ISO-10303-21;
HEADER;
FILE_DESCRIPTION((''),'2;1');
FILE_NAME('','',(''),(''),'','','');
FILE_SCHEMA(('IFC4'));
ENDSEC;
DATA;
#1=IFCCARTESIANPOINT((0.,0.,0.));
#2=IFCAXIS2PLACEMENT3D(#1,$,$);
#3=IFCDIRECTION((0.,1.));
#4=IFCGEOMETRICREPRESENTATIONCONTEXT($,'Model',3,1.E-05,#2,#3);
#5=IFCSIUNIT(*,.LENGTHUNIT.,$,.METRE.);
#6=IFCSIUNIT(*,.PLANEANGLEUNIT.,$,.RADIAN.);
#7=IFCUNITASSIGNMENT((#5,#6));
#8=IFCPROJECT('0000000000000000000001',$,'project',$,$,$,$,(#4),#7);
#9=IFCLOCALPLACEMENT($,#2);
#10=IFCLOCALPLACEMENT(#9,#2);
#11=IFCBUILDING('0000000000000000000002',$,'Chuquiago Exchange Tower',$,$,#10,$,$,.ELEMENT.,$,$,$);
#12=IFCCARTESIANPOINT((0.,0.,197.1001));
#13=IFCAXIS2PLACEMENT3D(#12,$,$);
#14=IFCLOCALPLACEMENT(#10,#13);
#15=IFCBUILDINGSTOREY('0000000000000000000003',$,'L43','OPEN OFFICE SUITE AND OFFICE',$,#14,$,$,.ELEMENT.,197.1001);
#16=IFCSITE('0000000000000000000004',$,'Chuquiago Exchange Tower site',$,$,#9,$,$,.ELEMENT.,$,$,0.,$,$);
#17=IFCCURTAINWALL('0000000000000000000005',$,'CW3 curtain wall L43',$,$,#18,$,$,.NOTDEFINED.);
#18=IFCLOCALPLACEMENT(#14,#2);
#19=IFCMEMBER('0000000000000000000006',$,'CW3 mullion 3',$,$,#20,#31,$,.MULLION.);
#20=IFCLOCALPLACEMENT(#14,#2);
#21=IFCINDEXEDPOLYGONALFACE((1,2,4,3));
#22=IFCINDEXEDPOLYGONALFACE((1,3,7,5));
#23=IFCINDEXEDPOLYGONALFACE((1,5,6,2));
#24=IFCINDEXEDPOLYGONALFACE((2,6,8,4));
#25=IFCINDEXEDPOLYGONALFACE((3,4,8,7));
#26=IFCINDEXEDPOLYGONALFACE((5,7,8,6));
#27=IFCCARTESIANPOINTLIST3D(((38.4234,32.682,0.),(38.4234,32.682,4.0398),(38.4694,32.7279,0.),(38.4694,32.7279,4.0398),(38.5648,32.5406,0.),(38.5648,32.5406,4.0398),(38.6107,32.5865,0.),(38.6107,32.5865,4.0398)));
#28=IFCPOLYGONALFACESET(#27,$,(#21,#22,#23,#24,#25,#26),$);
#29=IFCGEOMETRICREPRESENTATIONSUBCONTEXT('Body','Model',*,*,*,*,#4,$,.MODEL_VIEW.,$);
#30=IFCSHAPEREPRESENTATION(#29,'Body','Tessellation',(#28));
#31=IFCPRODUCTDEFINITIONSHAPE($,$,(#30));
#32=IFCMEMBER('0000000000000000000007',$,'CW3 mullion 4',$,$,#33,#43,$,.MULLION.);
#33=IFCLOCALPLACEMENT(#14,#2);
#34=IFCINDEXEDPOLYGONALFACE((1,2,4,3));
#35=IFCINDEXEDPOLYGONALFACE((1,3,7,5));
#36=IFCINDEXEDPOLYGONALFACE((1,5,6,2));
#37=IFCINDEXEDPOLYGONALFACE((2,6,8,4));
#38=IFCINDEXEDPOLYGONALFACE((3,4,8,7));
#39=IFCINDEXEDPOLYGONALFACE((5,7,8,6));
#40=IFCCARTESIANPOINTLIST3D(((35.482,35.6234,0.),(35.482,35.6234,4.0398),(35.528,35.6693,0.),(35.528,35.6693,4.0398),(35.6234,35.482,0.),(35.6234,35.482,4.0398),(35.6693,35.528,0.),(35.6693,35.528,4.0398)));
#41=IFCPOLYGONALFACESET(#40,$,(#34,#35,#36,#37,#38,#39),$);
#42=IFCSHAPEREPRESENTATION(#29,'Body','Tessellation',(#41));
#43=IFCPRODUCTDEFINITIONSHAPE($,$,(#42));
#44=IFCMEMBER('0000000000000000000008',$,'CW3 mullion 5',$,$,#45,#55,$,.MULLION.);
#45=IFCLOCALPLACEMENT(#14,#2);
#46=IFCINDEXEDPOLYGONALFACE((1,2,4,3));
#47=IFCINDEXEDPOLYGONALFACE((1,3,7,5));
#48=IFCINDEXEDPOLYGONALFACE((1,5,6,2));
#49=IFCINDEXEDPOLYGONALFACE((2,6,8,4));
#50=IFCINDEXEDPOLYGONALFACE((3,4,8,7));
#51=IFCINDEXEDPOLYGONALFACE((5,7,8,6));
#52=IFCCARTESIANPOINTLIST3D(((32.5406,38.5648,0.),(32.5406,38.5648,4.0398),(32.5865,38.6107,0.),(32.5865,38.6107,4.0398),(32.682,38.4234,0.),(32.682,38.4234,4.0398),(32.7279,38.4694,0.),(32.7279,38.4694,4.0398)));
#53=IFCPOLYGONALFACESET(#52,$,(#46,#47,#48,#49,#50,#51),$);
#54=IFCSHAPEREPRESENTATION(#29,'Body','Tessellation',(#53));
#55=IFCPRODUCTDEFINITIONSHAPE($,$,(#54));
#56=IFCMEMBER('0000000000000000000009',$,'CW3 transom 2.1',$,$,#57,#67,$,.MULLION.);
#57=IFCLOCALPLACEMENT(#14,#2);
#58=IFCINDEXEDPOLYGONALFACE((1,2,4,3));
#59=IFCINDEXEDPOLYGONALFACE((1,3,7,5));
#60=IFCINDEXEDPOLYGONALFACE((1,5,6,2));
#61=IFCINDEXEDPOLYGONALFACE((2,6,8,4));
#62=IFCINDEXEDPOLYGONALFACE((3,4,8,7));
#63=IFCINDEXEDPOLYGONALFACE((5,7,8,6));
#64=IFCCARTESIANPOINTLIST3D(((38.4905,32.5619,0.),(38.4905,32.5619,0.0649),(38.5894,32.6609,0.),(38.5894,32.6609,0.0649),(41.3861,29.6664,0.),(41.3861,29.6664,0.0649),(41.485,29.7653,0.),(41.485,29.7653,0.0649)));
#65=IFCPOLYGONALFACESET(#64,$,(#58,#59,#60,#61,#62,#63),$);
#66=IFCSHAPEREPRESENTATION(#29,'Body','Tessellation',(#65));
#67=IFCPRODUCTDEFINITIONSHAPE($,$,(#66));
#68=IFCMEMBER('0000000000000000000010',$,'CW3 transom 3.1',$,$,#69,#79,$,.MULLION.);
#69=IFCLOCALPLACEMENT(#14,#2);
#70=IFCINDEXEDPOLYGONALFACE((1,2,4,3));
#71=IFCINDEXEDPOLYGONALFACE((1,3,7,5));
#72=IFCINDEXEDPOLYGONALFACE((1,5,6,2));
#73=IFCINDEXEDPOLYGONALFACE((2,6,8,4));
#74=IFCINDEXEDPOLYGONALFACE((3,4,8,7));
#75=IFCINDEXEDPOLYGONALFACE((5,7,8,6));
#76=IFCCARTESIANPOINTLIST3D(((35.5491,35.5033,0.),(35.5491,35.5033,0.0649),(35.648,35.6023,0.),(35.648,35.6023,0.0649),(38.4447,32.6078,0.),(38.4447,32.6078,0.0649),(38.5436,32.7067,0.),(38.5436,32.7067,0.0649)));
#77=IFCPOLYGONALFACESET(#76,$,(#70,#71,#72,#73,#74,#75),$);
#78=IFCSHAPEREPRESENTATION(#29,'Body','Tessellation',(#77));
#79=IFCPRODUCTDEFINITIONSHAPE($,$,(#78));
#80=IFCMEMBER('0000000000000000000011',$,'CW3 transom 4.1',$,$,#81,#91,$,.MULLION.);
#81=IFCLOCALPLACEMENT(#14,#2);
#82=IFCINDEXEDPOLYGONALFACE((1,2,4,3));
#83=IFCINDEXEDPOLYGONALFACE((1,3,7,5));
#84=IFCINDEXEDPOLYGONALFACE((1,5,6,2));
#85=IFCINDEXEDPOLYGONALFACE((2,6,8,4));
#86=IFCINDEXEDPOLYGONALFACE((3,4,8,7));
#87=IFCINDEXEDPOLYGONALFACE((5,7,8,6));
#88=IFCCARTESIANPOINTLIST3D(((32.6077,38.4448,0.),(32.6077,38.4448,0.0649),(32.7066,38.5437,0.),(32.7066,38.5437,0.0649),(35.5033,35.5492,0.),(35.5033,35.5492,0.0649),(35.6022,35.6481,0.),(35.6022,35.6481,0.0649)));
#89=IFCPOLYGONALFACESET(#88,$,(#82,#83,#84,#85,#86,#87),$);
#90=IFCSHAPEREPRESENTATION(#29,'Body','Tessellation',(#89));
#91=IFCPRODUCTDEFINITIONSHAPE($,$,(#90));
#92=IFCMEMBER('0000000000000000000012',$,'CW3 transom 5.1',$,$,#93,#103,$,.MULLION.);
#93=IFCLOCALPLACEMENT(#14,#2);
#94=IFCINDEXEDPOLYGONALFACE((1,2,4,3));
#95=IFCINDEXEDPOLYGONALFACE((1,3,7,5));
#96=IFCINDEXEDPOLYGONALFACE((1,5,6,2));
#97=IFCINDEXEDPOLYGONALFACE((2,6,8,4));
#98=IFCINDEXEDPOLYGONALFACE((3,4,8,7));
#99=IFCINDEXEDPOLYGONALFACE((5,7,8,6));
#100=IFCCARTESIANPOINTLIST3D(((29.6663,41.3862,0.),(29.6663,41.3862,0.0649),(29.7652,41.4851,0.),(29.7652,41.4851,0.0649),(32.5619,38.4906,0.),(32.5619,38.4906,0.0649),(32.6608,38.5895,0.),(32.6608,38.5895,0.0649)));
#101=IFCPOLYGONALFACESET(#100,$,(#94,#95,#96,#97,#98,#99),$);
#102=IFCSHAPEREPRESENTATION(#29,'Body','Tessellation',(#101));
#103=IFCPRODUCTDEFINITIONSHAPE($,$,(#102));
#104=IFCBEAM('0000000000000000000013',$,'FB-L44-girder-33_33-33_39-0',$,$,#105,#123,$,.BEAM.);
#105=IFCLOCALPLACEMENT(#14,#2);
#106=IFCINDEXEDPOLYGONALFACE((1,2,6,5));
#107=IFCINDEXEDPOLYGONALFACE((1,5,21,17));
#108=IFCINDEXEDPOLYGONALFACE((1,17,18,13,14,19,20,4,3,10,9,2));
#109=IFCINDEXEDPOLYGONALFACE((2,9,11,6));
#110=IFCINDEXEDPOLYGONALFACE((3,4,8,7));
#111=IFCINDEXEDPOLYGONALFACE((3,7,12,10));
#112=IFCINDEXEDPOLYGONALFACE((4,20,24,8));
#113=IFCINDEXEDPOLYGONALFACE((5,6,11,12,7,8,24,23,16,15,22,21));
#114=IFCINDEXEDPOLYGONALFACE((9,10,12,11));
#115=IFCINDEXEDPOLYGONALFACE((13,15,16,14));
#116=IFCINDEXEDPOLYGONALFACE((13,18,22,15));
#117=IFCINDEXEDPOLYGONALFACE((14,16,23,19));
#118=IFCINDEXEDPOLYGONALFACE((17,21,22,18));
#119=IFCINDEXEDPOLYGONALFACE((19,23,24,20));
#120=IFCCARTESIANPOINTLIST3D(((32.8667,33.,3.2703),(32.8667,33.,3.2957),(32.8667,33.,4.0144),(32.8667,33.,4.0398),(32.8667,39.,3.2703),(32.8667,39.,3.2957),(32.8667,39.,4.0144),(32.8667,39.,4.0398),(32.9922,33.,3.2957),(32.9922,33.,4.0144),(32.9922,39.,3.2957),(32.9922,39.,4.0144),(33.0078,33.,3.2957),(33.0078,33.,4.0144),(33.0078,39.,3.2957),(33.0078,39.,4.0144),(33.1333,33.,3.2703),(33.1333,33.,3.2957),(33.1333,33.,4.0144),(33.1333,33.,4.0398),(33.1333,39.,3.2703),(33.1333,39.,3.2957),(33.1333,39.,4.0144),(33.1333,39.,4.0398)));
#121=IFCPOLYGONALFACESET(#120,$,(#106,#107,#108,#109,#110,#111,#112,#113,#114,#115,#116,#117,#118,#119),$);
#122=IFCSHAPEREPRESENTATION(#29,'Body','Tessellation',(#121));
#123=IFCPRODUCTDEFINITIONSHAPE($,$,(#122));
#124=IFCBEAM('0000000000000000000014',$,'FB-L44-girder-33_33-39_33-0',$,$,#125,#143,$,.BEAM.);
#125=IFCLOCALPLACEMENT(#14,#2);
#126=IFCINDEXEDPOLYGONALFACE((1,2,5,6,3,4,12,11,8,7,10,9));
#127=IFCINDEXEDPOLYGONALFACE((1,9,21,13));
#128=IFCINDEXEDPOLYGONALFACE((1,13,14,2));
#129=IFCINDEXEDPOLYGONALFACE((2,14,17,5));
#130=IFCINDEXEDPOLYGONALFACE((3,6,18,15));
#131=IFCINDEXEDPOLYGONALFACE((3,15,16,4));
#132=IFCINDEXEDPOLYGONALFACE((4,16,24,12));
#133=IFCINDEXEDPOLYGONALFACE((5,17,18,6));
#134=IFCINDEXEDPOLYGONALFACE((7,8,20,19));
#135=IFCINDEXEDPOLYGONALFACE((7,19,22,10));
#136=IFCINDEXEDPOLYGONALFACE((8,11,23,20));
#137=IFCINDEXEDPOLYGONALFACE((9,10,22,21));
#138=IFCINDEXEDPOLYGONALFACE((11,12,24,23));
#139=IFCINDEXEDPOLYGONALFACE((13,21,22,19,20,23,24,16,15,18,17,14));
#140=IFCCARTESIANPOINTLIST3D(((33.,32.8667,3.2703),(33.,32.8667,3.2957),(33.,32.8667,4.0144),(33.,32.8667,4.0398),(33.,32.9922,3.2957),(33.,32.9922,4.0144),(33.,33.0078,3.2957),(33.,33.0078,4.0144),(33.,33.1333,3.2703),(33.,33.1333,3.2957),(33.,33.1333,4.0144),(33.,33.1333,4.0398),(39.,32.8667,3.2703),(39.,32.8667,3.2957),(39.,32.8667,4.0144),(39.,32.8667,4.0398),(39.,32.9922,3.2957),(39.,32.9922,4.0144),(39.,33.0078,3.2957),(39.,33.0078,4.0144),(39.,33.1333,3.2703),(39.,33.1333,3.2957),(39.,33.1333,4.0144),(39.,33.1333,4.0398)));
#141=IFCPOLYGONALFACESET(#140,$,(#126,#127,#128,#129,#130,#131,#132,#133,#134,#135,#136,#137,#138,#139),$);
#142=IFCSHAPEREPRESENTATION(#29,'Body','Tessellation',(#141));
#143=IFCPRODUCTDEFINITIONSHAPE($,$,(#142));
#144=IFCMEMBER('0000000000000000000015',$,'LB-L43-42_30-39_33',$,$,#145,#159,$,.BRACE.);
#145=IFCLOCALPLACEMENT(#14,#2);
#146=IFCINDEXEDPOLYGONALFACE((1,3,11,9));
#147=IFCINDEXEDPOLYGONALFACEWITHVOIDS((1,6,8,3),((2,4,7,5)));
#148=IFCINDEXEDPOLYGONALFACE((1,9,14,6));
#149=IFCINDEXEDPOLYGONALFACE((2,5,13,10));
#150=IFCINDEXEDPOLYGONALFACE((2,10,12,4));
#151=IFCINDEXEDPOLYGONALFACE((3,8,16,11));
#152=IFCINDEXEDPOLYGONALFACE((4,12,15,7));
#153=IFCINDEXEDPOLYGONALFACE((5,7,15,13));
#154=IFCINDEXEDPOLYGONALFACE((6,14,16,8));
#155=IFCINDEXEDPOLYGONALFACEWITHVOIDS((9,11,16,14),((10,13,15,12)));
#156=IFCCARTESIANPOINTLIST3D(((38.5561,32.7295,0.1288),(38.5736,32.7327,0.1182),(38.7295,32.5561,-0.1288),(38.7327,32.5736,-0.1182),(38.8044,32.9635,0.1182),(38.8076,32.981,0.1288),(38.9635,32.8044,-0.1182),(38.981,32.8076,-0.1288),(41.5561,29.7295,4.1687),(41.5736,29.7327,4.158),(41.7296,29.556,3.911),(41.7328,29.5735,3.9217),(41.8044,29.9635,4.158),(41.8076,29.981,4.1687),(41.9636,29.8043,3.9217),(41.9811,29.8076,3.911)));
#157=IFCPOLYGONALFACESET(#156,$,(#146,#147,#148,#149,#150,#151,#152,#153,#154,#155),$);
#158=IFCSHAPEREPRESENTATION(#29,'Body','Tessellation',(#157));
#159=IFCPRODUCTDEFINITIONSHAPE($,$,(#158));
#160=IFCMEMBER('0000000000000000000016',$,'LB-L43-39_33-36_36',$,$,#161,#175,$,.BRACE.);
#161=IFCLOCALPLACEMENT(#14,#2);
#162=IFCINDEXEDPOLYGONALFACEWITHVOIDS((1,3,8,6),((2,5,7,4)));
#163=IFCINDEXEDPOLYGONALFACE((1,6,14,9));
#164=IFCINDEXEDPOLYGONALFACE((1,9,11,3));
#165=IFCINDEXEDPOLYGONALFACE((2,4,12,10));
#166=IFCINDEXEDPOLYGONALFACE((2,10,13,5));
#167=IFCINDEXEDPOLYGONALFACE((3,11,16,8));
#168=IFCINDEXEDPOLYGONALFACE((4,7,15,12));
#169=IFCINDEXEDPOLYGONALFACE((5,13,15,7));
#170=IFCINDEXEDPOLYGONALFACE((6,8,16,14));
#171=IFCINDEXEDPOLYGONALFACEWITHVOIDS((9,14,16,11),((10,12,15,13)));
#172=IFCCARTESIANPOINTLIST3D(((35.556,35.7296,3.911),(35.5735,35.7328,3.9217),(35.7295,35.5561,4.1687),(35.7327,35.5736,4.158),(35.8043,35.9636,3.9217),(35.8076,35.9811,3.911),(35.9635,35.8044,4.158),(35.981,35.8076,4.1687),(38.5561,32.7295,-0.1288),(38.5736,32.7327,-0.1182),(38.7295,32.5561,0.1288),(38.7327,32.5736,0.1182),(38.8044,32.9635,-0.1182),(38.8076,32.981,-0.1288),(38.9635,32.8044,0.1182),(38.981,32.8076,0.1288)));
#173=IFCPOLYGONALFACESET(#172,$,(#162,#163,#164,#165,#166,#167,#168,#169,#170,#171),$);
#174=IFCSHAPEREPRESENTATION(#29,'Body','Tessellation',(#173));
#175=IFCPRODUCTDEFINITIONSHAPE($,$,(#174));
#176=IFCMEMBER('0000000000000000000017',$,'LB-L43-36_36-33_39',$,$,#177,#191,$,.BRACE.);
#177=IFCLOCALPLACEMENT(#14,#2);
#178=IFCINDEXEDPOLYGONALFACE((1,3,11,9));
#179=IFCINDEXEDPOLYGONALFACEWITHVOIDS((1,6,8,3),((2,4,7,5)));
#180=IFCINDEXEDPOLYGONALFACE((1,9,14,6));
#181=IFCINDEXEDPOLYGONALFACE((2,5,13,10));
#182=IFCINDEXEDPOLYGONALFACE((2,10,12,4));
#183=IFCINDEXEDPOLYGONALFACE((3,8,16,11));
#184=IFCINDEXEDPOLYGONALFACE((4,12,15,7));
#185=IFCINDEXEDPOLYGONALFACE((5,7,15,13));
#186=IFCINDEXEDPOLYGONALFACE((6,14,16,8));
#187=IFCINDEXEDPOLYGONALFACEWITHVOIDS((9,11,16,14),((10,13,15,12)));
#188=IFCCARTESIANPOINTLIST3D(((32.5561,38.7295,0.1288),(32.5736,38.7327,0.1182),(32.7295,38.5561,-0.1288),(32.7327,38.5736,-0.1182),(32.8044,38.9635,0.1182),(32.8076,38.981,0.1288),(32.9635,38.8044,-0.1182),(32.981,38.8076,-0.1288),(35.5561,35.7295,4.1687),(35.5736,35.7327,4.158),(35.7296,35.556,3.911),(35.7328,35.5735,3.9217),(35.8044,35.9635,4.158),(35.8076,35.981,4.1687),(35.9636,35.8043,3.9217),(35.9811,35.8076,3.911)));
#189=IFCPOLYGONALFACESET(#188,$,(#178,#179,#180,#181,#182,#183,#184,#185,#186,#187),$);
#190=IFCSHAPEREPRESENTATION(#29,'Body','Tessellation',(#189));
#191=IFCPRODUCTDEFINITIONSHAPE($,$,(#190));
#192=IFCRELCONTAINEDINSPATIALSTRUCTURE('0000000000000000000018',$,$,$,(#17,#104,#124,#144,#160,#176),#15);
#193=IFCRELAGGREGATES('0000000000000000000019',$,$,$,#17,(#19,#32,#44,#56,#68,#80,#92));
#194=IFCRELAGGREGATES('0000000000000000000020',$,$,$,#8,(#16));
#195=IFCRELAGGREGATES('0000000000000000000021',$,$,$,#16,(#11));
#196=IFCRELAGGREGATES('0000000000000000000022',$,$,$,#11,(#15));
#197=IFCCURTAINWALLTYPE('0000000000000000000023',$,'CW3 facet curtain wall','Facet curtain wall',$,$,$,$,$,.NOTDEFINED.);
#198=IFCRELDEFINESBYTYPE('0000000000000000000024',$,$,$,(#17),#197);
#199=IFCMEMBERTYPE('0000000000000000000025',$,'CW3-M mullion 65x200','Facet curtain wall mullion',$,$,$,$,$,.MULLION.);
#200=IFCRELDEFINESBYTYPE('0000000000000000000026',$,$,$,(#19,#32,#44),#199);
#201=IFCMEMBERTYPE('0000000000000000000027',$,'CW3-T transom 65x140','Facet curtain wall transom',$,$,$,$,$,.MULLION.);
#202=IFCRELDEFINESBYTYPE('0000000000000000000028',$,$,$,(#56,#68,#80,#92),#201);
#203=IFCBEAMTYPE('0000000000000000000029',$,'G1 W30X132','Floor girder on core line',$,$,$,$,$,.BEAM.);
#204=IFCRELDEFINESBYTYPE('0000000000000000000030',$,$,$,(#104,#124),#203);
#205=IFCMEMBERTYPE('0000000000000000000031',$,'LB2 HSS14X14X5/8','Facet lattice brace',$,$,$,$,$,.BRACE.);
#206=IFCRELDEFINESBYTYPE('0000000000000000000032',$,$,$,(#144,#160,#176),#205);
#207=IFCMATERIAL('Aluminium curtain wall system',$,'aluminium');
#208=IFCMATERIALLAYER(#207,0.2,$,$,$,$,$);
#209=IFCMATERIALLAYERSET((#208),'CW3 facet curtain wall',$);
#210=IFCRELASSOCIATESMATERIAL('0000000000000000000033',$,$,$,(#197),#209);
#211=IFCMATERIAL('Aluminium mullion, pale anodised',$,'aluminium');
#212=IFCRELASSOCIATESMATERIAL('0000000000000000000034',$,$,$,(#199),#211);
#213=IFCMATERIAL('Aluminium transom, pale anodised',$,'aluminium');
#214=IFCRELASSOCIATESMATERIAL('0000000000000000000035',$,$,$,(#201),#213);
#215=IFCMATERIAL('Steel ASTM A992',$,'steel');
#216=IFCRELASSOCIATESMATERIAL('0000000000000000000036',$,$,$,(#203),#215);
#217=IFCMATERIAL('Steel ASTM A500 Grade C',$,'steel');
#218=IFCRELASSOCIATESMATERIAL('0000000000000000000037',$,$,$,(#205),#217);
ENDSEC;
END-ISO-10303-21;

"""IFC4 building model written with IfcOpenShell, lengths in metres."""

from ifc_helpers import new_model, si_unit, direction, frame, origin, origin_2d, place, context, subcontext, project, spatial, rectangle, hollow_rectangle, i_section, extrude, material, layer, layer_set, material_profile, profile_set, type_object, element, aggregate, save


model = new_model("IFC4")

# Units and contexts
model_context = context("Model", 3, precision=1e-05, world=origin(), true_north=direction((0.0, 1.0)))
body_context = subcontext(model_context, "Body", "Model", "MODEL_VIEW")
ifc_project = project(units=[si_unit("LENGTHUNIT", "METRE"), si_unit("PLANEANGLEUNIT", "RADIAN")], contexts=[model_context])

# Site, building, storey
site_placement = place(None, origin())
site = spatial("IfcSite", under=ifc_project, at=site_placement, Name="Chuquiago Exchange Tower site", CompositionType="ELEMENT", RefElevation=0.0)
building_placement = place(site_placement, origin())
building = spatial("IfcBuilding", under=site, at=building_placement, Name="Chuquiago Exchange Tower", CompositionType="ELEMENT")
storey_placement = place(building_placement, frame((0.0, 0.0, 197.1001)))
storey = spatial("IfcBuildingStorey", under=building, at=storey_placement, Name="L43", Description="OPEN OFFICE SUITE AND OFFICE", CompositionType="ELEMENT", Elevation=197.1001)

# Curtain wall, members
ifc_material_1 = material(Name="Aluminium curtain wall system", Category="aluminium")
ifc_layer_1 = layer(ifc_material_1, 0.2)
ifc_layer_set_1 = layer_set([ifc_layer_1], Name="CW3 facet curtain wall")
curtain_wall_type = type_object("IfcCurtainWallType", Name="CW3 facet curtain wall", Description="Facet curtain wall", PredefinedType="NOTDEFINED", material=ifc_layer_set_1)
curtain_wall_placement = place(storey_placement, origin())
curtain_wall = element("IfcCurtainWall", 1, at=curtain_wall_placement, inside=storey, type_object=curtain_wall_type, Name="CW3 curtain wall L43", PredefinedType="NOTDEFINED")
ifc_material_2 = material(Name="Aluminium mullion, pale anodised", Category="aluminium")
ifc_material_profile_1 = material_profile(ifc_material_2, rectangle(XDim=0.0649, YDim=0.2, at=origin_2d()), Name="AL 65x200")
ifc_profile_set_1 = profile_set([ifc_material_profile_1], Name="Aluminium mullion, pale anodised")
member_type_1 = type_object("IfcMemberType", Name="CW3-M mullion 65x200", Description="Facet curtain wall mullion", PredefinedType="MULLION", material=ifc_profile_set_1)
member_1_placement = place(storey_placement, frame((38.5171, 32.6343, 0.0), z_axis=(0.0, 0.0, 1.0), x_axis=(-0.707107, -0.707107, 0.0)))
member_1 = element("IfcMember", 2, at=member_1_placement, type_object=member_type_1, Name="CW3 mullion 3", PredefinedType="MULLION", context=body_context, shape_type="SweptSolid", body=[
    extrude(rectangle(XDim=0.0649, YDim=0.2, at=origin_2d()), origin(), (0.0, 0.0, 1.0), 4.0398),
])
member_2_placement = place(storey_placement, frame((35.5757, 35.5757, 0.0), z_axis=(0.0, 0.0, 1.0), x_axis=(-0.707107, -0.707107, 0.0)))
member_2 = element("IfcMember", 3, at=member_2_placement, type_object=member_type_1, Name="CW3 mullion 4", PredefinedType="MULLION", context=body_context, shape_type="SweptSolid", body=[
    extrude(rectangle(XDim=0.0649, YDim=0.2, at=origin_2d()), origin(), (0.0, 0.0, 1.0), 4.0398),
])
member_3_placement = place(storey_placement, frame((32.6343, 38.5171, 0.0), z_axis=(0.0, 0.0, 1.0), x_axis=(-0.707107, -0.707107, 0.0)))
member_3 = element("IfcMember", 4, at=member_3_placement, type_object=member_type_1, Name="CW3 mullion 5", PredefinedType="MULLION", context=body_context, shape_type="SweptSolid", body=[
    extrude(rectangle(XDim=0.0649, YDim=0.2, at=origin_2d()), origin(), (0.0, 0.0, 1.0), 4.0398),
])
ifc_material_3 = material(Name="Aluminium transom, pale anodised", Category="aluminium")
ifc_material_profile_2 = material_profile(ifc_material_3, rectangle(XDim=0.1399, YDim=0.0649, at=origin_2d()), Name="AL 140x65")
ifc_profile_set_2 = profile_set([ifc_material_profile_2], Name="Aluminium transom, pale anodised")
member_type_2 = type_object("IfcMemberType", Name="CW3-T transom 65x140", Description="Facet curtain wall transom", PredefinedType="MULLION", material=ifc_profile_set_2)
member_4_placement = place(storey_placement, frame((41.4355, 29.7158, 0.0325), z_axis=(-0.707107, 0.707107, 0.0), x_axis=(-0.707107, -0.707107, 0.0)))
member_4 = element("IfcMember", 5, at=member_4_placement, type_object=member_type_2, Name="CW3 transom 2.1", PredefinedType="MULLION", context=body_context, shape_type="SweptSolid", body=[
    extrude(rectangle(XDim=0.1399, YDim=0.0649, at=origin_2d()), origin(), (0.0, 0.0, 1.0), 4.095),
])
member_5_placement = place(storey_placement, frame((38.4941, 32.6572, 0.0325), z_axis=(-0.707107, 0.707107, 0.0), x_axis=(-0.707107, -0.707107, 0.0)))
member_5 = element("IfcMember", 6, at=member_5_placement, type_object=member_type_2, Name="CW3 transom 3.1", PredefinedType="MULLION", context=body_context, shape_type="SweptSolid", body=[
    extrude(rectangle(XDim=0.1399, YDim=0.0649, at=origin_2d()), origin(), (0.0, 0.0, 1.0), 4.095),
])
member_6_placement = place(storey_placement, frame((35.5527, 35.5986, 0.0325), z_axis=(-0.707107, 0.707107, 0.0), x_axis=(-0.707107, -0.707107, 0.0)))
member_6 = element("IfcMember", 7, at=member_6_placement, type_object=member_type_2, Name="CW3 transom 4.1", PredefinedType="MULLION", context=body_context, shape_type="SweptSolid", body=[
    extrude(rectangle(XDim=0.1399, YDim=0.0649, at=origin_2d()), origin(), (0.0, 0.0, 1.0), 4.095),
])
member_7_placement = place(storey_placement, frame((32.6113, 38.54, 0.0325), z_axis=(-0.707107, 0.707107, 0.0), x_axis=(-0.707107, -0.707107, 0.0)))
member_7 = element("IfcMember", 8, at=member_7_placement, type_object=member_type_2, Name="CW3 transom 5.1", PredefinedType="MULLION", context=body_context, shape_type="SweptSolid", body=[
    extrude(rectangle(XDim=0.1399, YDim=0.0649, at=origin_2d()), origin(), (0.0, 0.0, 1.0), 4.095),
])

# Beams
ifc_material_4 = material(Name="Steel ASTM A992", Category="steel")
ifc_material_profile_3 = material_profile(ifc_material_4, i_section(OverallWidth=0.2666, OverallDepth=0.7695, WebThickness=0.0156, FlangeThickness=0.0254, at=origin_2d()), Name="W30X132")
ifc_profile_set_3 = profile_set([ifc_material_profile_3], Name="Steel ASTM A992")
beam_type_1 = type_object("IfcBeamType", Name="G1 W30X132", Description="Floor girder on core line", PredefinedType="BEAM", material=ifc_profile_set_3)
for number, where, z_axis, x_axis, name in (
    (9, (33.0, 33.0, 3.655), (0.0, 1.0, 0.0), (-1.0, 0.0, 0.0), "FB-L44-girder-33_33-33_39-0"),
    (10, (33.0, 33.0, 3.655), (1.0, 0.0, 0.0), (0.0, 1.0, 0.0), "FB-L44-girder-33_33-39_33-0"),
):
    element("IfcBeam", number, at=place(storey_placement, frame(where, z_axis=z_axis, x_axis=x_axis)), inside=storey, type_object=beam_type_1, Name=name, PredefinedType="BEAM", context=body_context, shape_type="SweptSolid", body=[
        extrude(i_section(OverallWidth=0.2666, OverallDepth=0.7695, WebThickness=0.0156, FlangeThickness=0.0254, at=origin_2d()), origin(), (0.0, 0.0, 1.0), 6.0),
    ])

# Members
ifc_material_5 = material(Name="Steel ASTM A500 Grade C", Category="steel")
ifc_material_profile_4 = material_profile(ifc_material_5, hollow_rectangle(XDim=0.3557, YDim=0.3557, WallThickness=0.0146, at=origin_2d()), Name="HSS14X14X5/8")
ifc_profile_set_4 = profile_set([ifc_material_profile_4], Name="Steel ASTM A500 Grade C")
member_type_3 = type_object("IfcMemberType", Name="LB2 HSS14X14X5/8", Description="Facet lattice brace", PredefinedType="BRACE", material=ifc_profile_set_4)
for number, where, z_axis, x_axis, name in (
    (11, (38.7686, 32.7686, 0.0), (0.512092, -0.512092, 0.689582), (0.707107, 0.707107, 0.0), "LB-L43-42_30-39_33"),
    (12, (38.7686, 32.7686, 0.0), (-0.512092, 0.512092, 0.689582), (-0.707107, -0.707107, 0.0), "LB-L43-39_33-36_36"),
    (13, (32.7686, 38.7686, 0.0), (0.512092, -0.512092, 0.689582), (0.707107, 0.707107, 0.0), "LB-L43-36_36-33_39"),
):
    element("IfcMember", number, at=place(storey_placement, frame(where, z_axis=z_axis, x_axis=x_axis)), inside=storey, type_object=member_type_3, Name=name, PredefinedType="BRACE", context=body_context, shape_type="SweptSolid", body=[
        extrude(hollow_rectangle(XDim=0.3557, YDim=0.3557, WallThickness=0.0146, at=origin_2d()), origin(), (0.0, 0.0, 1.0), 5.8584),
    ])

aggregate(curtain_wall, [member_1, member_2, member_3, member_4, member_5, member_6, member_7])

save(model, "model.ifc")
